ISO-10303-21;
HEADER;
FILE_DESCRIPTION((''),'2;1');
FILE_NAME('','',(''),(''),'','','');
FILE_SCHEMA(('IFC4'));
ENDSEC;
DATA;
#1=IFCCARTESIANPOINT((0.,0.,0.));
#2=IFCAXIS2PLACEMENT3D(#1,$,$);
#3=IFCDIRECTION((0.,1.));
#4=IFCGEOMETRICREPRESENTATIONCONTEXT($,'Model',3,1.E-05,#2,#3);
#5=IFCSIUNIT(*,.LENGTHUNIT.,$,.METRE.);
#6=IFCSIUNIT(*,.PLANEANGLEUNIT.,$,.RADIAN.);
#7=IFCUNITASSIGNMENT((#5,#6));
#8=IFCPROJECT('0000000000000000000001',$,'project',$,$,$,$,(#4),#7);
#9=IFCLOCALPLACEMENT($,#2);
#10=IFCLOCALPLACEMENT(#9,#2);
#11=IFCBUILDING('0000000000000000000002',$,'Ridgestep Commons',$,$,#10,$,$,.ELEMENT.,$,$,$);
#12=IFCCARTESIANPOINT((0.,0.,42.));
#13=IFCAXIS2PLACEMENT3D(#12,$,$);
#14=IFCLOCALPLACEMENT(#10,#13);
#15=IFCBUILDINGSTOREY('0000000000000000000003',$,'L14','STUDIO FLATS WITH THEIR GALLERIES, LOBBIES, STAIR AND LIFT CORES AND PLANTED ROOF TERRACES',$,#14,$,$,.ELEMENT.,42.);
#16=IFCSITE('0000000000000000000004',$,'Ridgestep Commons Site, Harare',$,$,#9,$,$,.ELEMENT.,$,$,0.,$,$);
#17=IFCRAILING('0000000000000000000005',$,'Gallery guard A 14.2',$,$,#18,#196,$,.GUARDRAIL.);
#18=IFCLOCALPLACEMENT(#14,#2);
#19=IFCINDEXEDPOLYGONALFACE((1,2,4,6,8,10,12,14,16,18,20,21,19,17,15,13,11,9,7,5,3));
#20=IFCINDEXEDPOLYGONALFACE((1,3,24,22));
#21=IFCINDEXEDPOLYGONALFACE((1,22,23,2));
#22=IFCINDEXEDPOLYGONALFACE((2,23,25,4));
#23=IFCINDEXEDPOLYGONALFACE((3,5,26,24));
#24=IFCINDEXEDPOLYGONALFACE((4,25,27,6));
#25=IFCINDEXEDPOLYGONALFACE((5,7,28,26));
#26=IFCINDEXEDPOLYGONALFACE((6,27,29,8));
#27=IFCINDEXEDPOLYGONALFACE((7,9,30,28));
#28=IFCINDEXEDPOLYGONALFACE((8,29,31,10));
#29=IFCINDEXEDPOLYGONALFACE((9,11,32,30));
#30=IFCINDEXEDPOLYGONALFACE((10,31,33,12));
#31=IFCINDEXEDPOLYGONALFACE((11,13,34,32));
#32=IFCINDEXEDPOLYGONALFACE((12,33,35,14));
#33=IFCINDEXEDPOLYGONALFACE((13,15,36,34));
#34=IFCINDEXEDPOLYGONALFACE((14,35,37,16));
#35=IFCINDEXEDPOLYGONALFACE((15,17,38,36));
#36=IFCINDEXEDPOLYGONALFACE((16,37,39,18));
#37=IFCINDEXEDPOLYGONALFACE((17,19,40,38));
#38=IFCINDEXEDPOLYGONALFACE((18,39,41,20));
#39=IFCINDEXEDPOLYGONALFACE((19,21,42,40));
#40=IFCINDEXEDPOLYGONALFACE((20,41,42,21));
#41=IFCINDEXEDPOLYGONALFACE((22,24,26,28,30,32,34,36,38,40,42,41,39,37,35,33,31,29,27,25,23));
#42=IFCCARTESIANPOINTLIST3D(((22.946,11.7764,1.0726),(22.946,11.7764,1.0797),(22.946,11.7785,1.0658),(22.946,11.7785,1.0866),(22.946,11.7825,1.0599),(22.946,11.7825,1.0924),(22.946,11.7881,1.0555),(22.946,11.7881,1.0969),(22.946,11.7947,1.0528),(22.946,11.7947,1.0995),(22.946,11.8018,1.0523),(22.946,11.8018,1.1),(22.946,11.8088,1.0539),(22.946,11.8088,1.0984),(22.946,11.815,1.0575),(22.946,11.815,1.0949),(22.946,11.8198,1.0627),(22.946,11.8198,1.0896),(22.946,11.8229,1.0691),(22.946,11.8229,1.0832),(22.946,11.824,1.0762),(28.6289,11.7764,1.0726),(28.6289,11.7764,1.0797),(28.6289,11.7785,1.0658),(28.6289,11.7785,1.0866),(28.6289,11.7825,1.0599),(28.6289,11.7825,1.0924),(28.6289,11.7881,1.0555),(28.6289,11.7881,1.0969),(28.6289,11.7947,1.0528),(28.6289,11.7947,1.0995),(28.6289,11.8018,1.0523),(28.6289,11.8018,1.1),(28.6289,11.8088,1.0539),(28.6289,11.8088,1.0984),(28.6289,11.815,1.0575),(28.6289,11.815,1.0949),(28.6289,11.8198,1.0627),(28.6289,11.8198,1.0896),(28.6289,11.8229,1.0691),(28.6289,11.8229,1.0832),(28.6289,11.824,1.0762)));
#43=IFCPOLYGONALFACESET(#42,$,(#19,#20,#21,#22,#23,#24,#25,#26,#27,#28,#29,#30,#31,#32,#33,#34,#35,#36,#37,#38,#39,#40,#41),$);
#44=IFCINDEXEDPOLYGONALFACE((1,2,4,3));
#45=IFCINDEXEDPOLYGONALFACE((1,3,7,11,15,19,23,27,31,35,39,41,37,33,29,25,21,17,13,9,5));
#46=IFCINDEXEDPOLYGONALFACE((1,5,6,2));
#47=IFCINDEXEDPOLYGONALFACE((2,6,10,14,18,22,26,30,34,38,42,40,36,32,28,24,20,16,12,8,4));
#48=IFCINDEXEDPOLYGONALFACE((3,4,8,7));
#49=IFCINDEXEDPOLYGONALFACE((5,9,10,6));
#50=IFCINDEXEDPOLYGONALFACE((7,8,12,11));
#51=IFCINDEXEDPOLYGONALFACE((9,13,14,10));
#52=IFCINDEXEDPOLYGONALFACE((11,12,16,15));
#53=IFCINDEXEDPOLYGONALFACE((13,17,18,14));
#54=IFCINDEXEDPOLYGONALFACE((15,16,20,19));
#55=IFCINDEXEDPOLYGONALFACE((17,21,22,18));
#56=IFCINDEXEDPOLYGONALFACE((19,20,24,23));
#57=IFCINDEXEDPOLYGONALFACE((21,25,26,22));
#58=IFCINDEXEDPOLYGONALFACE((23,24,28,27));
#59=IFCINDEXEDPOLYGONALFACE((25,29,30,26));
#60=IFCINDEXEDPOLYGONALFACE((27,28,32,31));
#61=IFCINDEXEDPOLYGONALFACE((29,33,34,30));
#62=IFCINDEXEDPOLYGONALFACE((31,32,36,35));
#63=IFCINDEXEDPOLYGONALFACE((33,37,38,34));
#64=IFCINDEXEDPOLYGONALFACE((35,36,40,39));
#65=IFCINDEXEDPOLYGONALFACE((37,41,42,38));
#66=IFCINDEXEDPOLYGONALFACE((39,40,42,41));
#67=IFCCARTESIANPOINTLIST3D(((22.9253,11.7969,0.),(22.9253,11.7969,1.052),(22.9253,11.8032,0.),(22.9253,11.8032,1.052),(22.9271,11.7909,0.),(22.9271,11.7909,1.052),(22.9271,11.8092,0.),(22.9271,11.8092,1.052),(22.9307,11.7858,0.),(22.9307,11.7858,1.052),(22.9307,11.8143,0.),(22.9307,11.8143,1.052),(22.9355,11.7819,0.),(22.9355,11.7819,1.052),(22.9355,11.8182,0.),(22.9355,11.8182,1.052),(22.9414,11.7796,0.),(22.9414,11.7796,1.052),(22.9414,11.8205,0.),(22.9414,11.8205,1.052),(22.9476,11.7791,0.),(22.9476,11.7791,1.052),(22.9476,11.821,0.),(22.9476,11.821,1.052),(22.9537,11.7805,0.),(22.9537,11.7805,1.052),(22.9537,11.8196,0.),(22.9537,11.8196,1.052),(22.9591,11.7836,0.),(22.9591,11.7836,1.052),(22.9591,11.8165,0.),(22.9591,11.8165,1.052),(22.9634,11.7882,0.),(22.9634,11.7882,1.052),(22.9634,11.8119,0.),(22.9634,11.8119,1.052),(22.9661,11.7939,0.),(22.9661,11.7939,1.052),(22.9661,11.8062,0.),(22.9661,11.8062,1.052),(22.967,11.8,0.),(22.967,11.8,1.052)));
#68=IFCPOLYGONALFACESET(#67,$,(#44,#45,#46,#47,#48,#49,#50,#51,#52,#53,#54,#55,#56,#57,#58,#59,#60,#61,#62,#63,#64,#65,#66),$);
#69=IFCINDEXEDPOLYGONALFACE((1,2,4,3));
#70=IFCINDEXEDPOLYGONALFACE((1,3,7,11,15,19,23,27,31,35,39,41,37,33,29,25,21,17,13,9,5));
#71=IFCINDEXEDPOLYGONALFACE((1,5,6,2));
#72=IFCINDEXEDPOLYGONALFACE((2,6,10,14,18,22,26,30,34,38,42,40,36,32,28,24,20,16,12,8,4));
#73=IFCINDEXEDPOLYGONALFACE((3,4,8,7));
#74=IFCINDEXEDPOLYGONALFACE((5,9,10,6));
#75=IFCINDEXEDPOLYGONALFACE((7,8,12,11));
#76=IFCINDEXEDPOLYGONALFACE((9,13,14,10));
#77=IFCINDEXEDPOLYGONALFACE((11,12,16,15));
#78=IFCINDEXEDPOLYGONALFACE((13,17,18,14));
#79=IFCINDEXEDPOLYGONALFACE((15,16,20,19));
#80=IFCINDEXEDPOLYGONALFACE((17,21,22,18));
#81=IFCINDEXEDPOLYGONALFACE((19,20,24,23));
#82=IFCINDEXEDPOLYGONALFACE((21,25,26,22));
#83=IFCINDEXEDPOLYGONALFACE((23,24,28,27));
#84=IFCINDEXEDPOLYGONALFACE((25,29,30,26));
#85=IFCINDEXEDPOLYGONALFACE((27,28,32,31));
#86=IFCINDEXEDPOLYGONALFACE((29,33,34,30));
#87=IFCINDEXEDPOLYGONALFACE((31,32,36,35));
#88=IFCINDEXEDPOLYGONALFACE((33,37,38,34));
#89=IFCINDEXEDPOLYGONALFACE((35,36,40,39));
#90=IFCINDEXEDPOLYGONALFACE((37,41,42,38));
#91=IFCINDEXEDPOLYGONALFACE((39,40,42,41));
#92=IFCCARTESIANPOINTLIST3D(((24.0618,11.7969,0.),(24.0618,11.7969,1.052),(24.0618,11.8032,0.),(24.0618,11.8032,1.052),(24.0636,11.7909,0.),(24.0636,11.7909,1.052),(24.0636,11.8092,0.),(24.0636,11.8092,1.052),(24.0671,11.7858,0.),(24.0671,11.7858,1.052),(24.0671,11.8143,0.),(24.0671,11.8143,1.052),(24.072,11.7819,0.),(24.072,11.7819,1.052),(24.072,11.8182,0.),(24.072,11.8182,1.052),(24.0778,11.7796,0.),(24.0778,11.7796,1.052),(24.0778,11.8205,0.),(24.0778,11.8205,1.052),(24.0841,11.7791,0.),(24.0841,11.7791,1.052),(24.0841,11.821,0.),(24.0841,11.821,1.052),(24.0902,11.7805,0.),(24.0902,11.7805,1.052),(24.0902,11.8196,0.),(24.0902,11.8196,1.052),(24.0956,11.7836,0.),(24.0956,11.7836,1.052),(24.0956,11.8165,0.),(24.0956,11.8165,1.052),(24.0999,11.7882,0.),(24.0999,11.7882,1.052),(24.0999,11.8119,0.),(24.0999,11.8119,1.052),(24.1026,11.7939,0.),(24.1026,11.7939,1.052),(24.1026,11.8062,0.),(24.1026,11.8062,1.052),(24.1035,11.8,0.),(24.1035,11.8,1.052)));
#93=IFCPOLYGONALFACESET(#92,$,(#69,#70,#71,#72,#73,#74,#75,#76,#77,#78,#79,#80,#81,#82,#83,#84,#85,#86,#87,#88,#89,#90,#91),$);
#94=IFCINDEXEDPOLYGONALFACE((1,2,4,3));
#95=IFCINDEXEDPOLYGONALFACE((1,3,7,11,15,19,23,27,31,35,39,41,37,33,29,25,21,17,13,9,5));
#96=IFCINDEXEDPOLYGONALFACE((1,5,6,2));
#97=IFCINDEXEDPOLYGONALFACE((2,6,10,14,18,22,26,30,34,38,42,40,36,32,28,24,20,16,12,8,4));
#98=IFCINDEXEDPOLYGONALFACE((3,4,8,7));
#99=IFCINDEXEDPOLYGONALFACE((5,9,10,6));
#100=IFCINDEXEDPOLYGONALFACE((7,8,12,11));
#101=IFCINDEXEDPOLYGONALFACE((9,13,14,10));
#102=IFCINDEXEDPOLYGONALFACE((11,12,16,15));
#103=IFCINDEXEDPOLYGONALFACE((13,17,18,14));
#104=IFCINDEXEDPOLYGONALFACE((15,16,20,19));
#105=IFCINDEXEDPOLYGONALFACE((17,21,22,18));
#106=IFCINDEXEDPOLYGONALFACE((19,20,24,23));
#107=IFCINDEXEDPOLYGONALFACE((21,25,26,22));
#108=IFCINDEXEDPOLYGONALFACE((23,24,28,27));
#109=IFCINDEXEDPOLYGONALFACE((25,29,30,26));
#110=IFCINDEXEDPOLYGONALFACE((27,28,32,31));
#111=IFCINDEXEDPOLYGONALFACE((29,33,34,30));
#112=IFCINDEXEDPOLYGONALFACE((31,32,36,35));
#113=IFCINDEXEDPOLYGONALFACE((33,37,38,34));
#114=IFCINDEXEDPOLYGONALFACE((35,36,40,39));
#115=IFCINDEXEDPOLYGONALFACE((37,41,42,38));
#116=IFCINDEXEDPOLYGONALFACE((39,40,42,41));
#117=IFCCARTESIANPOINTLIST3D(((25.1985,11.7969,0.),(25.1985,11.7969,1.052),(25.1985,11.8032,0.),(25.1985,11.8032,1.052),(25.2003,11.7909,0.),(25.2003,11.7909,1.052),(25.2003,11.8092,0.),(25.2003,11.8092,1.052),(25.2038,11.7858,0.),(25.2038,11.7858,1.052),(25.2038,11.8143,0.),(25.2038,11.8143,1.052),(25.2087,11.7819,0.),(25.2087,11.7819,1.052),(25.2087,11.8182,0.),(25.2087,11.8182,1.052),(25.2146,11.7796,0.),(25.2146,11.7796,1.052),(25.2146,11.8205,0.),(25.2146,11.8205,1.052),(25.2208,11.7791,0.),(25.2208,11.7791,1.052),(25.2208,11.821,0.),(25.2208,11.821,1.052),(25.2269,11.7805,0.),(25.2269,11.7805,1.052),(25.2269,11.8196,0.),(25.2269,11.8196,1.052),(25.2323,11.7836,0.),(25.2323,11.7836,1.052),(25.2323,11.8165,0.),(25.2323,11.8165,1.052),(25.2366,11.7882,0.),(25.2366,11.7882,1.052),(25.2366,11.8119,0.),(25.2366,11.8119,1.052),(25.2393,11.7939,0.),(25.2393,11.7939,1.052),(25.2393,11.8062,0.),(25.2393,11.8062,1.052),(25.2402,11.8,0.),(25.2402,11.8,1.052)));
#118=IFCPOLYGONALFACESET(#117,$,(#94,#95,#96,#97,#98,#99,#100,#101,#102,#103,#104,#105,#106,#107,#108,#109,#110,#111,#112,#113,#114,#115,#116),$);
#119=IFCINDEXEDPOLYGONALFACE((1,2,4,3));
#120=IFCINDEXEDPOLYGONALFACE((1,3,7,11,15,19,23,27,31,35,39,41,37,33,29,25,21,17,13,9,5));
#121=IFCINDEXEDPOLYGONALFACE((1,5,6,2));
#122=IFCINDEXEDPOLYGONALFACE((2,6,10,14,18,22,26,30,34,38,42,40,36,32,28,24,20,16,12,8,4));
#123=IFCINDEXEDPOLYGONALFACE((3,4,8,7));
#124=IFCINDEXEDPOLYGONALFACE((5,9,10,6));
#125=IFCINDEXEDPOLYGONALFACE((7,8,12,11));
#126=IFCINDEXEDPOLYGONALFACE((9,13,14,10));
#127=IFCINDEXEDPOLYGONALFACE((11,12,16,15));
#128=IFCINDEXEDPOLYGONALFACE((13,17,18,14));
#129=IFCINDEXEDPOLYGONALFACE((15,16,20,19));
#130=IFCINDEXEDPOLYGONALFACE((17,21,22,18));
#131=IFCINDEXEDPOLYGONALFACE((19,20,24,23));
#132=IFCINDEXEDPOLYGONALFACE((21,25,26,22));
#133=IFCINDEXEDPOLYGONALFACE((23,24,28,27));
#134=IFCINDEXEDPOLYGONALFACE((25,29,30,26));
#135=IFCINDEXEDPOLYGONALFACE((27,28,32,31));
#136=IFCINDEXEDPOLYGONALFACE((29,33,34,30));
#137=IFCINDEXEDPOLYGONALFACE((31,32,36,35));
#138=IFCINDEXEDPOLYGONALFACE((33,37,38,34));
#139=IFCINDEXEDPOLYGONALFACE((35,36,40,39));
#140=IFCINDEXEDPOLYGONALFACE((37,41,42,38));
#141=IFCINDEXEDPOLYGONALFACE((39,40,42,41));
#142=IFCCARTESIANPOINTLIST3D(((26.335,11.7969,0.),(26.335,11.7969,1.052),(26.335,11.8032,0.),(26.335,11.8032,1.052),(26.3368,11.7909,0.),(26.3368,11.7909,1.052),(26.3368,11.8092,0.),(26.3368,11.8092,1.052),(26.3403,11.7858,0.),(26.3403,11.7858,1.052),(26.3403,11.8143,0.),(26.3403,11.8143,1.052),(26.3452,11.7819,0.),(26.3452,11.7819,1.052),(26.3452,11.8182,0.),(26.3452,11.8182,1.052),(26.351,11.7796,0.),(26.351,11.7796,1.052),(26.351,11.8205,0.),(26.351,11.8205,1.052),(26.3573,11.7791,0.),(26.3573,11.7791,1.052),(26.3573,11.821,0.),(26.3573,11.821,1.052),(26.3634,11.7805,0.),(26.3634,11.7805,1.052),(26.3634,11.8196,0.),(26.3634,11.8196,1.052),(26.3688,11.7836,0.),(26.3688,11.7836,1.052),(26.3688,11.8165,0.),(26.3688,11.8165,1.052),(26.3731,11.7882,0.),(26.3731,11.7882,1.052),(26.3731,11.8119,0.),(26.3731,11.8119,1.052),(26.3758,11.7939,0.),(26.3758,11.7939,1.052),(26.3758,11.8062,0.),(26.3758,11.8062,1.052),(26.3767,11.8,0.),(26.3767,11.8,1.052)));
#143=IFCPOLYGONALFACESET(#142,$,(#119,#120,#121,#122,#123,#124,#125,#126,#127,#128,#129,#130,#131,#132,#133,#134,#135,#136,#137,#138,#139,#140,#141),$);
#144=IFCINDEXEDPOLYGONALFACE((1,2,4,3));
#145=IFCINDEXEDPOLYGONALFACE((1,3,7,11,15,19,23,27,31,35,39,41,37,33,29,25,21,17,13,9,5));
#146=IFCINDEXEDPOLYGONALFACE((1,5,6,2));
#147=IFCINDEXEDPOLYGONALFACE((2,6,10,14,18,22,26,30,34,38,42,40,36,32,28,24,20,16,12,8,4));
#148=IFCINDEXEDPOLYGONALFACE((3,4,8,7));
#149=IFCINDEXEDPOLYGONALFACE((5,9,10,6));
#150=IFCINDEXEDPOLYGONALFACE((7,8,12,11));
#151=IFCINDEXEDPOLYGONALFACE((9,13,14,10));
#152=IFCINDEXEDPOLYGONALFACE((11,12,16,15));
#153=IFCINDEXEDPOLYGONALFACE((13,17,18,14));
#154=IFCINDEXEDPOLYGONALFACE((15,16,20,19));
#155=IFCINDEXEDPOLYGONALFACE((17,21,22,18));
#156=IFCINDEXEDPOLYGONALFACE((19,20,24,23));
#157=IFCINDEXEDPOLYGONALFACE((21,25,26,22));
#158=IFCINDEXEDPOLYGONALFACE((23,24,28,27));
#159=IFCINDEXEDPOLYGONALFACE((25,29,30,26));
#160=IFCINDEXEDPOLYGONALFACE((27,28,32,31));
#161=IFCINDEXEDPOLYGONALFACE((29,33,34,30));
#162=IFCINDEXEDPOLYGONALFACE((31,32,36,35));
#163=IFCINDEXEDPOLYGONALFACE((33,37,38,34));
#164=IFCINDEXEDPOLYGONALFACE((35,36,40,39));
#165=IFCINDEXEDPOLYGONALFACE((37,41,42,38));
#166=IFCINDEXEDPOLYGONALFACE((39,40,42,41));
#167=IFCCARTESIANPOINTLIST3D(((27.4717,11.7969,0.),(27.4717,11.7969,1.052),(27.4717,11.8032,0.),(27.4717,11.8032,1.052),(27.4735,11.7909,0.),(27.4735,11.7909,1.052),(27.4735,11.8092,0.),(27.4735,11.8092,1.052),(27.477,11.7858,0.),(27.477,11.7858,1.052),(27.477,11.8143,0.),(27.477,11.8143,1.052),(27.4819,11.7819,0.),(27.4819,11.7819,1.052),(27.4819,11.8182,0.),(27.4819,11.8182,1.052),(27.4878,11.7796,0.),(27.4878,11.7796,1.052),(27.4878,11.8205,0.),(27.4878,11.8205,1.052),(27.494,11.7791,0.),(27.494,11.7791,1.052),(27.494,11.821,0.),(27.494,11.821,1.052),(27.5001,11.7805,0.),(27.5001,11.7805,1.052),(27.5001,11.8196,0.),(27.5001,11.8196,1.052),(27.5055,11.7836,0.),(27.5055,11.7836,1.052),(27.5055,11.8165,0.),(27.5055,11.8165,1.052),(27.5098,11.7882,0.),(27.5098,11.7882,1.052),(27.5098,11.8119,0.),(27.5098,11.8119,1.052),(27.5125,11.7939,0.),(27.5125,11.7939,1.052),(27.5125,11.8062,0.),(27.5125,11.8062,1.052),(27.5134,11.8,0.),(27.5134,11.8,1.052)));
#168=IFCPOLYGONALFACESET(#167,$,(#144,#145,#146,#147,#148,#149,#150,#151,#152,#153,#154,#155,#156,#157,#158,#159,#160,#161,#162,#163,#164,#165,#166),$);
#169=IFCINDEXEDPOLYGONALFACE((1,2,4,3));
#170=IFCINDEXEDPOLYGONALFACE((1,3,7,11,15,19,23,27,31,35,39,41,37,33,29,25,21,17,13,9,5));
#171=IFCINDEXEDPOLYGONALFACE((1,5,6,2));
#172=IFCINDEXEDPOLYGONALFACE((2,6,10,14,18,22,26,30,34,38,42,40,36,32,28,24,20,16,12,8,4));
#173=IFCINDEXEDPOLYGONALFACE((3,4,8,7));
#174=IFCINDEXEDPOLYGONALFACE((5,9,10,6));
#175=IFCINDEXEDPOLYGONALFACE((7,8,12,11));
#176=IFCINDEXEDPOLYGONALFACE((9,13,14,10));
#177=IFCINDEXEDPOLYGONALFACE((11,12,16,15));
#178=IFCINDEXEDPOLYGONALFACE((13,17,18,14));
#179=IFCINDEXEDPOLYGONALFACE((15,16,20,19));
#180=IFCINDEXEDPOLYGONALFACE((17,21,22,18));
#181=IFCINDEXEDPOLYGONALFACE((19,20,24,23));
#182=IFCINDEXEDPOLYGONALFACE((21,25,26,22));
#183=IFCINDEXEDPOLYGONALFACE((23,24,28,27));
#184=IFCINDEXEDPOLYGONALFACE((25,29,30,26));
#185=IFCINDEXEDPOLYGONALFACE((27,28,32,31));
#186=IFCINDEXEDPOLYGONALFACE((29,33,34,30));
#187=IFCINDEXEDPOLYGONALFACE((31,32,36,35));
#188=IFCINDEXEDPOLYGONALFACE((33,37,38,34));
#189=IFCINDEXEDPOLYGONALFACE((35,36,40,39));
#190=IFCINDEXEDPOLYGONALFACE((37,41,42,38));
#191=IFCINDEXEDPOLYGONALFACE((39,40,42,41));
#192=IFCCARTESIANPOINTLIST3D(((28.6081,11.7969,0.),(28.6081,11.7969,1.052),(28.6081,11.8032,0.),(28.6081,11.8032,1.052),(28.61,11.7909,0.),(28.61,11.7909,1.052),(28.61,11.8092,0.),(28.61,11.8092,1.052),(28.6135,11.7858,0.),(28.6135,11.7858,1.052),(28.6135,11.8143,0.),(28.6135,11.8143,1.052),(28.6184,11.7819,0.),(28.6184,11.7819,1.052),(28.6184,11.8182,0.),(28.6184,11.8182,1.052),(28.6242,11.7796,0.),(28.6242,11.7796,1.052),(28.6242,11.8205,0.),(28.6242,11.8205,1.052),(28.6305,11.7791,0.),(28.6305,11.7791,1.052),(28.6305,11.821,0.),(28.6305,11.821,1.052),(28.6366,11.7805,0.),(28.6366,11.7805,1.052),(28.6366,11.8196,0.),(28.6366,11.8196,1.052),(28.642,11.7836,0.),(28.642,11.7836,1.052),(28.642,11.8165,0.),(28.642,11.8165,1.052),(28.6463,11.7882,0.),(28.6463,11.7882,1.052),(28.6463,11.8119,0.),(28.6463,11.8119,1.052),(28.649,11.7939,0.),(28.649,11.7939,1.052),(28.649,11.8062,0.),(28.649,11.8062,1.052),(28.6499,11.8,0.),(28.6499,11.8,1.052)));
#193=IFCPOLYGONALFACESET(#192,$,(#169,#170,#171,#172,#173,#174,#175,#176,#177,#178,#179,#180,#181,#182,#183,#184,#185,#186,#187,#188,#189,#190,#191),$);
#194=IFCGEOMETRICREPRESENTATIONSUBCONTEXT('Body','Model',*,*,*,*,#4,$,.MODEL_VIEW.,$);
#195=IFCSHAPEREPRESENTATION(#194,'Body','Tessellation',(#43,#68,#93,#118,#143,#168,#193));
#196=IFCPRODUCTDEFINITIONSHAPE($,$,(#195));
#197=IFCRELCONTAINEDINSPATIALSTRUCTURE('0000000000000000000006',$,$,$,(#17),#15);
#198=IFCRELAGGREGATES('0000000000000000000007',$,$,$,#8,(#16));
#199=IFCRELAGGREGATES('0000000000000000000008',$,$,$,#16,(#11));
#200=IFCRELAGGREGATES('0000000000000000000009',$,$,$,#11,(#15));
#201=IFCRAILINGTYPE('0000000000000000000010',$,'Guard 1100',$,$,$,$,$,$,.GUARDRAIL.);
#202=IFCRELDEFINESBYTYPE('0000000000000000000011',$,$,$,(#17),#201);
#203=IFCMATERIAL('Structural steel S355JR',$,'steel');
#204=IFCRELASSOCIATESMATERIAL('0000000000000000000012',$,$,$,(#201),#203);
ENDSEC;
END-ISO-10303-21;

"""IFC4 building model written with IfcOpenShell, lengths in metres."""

from ifc_helpers import new_model, si_unit, direction, frame, origin, origin_2d, place, context, subcontext, project, spatial, circle, extrude, material, type_object, element, save


model = new_model("IFC4")

# Units and contexts
model_context = context("Model", 3, precision=1e-05, world=origin(), true_north=direction((0.0, 1.0)))
body_context = subcontext(model_context, "Body", "Model", "MODEL_VIEW")
ifc_project = project(units=[si_unit("LENGTHUNIT", "METRE"), si_unit("PLANEANGLEUNIT", "RADIAN")], contexts=[model_context])

# Site, building, storey
site_placement = place(None, origin())
site = spatial("IfcSite", under=ifc_project, at=site_placement, Name="Ridgestep Commons Site, Harare", CompositionType="ELEMENT", RefElevation=0.0)
building_placement = place(site_placement, origin())
building = spatial("IfcBuilding", under=site, at=building_placement, Name="Ridgestep Commons", CompositionType="ELEMENT")
storey_placement = place(building_placement, frame((0.0, 0.0, 42.0)))
storey = spatial("IfcBuildingStorey", under=building, at=storey_placement, Name="L14", Description="STUDIO FLATS WITH THEIR GALLERIES, LOBBIES, STAIR AND LIFT CORES AND PLANTED ROOF TERRACES", CompositionType="ELEMENT", Elevation=42.0)

# Railing
ifc_material_1 = material(Name="Structural steel S355JR", Category="steel")
railing_type = type_object("IfcRailingType", Name="Guard 1100", PredefinedType="GUARDRAIL", material=ifc_material_1)
railing_placement = place(storey_placement, frame((22.946, 11.8, 0.0)))
element("IfcRailing", 1, at=railing_placement, inside=storey, type_object=railing_type, Name="Gallery guard A 14.2", PredefinedType="GUARDRAIL", context=body_context, shape_type="SweptSolid", body=[
    extrude(circle(Radius=0.0239, at=origin_2d()), frame((0.0, 0.0, 1.0762), z_axis=(1.0, 0.0, 0.0), x_axis=(0.0, 1.0, 0.0)), (0.0, 0.0, 1.0), 5.6829),
    extrude(circle(Radius=0.021, at=origin_2d()), origin(), (0.0, 0.0, 1.0), 1.052),
    extrude(circle(Radius=0.021, at=origin_2d()), frame((1.1365, 0.0, 0.0)), (0.0, 0.0, 1.0), 1.052),
    extrude(circle(Radius=0.021, at=origin_2d()), frame((2.2732, 0.0, 0.0)), (0.0, 0.0, 1.0), 1.052),
    extrude(circle(Radius=0.021, at=origin_2d()), frame((3.4097, 0.0, 0.0)), (0.0, 0.0, 1.0), 1.052),
    extrude(circle(Radius=0.021, at=origin_2d()), frame((4.5464, 0.0, 0.0)), (0.0, 0.0, 1.0), 1.052),
    extrude(circle(Radius=0.021, at=origin_2d()), frame((5.6829, 0.0, 0.0)), (0.0, 0.0, 1.0), 1.052),
])

save(model, "model.ifc")
